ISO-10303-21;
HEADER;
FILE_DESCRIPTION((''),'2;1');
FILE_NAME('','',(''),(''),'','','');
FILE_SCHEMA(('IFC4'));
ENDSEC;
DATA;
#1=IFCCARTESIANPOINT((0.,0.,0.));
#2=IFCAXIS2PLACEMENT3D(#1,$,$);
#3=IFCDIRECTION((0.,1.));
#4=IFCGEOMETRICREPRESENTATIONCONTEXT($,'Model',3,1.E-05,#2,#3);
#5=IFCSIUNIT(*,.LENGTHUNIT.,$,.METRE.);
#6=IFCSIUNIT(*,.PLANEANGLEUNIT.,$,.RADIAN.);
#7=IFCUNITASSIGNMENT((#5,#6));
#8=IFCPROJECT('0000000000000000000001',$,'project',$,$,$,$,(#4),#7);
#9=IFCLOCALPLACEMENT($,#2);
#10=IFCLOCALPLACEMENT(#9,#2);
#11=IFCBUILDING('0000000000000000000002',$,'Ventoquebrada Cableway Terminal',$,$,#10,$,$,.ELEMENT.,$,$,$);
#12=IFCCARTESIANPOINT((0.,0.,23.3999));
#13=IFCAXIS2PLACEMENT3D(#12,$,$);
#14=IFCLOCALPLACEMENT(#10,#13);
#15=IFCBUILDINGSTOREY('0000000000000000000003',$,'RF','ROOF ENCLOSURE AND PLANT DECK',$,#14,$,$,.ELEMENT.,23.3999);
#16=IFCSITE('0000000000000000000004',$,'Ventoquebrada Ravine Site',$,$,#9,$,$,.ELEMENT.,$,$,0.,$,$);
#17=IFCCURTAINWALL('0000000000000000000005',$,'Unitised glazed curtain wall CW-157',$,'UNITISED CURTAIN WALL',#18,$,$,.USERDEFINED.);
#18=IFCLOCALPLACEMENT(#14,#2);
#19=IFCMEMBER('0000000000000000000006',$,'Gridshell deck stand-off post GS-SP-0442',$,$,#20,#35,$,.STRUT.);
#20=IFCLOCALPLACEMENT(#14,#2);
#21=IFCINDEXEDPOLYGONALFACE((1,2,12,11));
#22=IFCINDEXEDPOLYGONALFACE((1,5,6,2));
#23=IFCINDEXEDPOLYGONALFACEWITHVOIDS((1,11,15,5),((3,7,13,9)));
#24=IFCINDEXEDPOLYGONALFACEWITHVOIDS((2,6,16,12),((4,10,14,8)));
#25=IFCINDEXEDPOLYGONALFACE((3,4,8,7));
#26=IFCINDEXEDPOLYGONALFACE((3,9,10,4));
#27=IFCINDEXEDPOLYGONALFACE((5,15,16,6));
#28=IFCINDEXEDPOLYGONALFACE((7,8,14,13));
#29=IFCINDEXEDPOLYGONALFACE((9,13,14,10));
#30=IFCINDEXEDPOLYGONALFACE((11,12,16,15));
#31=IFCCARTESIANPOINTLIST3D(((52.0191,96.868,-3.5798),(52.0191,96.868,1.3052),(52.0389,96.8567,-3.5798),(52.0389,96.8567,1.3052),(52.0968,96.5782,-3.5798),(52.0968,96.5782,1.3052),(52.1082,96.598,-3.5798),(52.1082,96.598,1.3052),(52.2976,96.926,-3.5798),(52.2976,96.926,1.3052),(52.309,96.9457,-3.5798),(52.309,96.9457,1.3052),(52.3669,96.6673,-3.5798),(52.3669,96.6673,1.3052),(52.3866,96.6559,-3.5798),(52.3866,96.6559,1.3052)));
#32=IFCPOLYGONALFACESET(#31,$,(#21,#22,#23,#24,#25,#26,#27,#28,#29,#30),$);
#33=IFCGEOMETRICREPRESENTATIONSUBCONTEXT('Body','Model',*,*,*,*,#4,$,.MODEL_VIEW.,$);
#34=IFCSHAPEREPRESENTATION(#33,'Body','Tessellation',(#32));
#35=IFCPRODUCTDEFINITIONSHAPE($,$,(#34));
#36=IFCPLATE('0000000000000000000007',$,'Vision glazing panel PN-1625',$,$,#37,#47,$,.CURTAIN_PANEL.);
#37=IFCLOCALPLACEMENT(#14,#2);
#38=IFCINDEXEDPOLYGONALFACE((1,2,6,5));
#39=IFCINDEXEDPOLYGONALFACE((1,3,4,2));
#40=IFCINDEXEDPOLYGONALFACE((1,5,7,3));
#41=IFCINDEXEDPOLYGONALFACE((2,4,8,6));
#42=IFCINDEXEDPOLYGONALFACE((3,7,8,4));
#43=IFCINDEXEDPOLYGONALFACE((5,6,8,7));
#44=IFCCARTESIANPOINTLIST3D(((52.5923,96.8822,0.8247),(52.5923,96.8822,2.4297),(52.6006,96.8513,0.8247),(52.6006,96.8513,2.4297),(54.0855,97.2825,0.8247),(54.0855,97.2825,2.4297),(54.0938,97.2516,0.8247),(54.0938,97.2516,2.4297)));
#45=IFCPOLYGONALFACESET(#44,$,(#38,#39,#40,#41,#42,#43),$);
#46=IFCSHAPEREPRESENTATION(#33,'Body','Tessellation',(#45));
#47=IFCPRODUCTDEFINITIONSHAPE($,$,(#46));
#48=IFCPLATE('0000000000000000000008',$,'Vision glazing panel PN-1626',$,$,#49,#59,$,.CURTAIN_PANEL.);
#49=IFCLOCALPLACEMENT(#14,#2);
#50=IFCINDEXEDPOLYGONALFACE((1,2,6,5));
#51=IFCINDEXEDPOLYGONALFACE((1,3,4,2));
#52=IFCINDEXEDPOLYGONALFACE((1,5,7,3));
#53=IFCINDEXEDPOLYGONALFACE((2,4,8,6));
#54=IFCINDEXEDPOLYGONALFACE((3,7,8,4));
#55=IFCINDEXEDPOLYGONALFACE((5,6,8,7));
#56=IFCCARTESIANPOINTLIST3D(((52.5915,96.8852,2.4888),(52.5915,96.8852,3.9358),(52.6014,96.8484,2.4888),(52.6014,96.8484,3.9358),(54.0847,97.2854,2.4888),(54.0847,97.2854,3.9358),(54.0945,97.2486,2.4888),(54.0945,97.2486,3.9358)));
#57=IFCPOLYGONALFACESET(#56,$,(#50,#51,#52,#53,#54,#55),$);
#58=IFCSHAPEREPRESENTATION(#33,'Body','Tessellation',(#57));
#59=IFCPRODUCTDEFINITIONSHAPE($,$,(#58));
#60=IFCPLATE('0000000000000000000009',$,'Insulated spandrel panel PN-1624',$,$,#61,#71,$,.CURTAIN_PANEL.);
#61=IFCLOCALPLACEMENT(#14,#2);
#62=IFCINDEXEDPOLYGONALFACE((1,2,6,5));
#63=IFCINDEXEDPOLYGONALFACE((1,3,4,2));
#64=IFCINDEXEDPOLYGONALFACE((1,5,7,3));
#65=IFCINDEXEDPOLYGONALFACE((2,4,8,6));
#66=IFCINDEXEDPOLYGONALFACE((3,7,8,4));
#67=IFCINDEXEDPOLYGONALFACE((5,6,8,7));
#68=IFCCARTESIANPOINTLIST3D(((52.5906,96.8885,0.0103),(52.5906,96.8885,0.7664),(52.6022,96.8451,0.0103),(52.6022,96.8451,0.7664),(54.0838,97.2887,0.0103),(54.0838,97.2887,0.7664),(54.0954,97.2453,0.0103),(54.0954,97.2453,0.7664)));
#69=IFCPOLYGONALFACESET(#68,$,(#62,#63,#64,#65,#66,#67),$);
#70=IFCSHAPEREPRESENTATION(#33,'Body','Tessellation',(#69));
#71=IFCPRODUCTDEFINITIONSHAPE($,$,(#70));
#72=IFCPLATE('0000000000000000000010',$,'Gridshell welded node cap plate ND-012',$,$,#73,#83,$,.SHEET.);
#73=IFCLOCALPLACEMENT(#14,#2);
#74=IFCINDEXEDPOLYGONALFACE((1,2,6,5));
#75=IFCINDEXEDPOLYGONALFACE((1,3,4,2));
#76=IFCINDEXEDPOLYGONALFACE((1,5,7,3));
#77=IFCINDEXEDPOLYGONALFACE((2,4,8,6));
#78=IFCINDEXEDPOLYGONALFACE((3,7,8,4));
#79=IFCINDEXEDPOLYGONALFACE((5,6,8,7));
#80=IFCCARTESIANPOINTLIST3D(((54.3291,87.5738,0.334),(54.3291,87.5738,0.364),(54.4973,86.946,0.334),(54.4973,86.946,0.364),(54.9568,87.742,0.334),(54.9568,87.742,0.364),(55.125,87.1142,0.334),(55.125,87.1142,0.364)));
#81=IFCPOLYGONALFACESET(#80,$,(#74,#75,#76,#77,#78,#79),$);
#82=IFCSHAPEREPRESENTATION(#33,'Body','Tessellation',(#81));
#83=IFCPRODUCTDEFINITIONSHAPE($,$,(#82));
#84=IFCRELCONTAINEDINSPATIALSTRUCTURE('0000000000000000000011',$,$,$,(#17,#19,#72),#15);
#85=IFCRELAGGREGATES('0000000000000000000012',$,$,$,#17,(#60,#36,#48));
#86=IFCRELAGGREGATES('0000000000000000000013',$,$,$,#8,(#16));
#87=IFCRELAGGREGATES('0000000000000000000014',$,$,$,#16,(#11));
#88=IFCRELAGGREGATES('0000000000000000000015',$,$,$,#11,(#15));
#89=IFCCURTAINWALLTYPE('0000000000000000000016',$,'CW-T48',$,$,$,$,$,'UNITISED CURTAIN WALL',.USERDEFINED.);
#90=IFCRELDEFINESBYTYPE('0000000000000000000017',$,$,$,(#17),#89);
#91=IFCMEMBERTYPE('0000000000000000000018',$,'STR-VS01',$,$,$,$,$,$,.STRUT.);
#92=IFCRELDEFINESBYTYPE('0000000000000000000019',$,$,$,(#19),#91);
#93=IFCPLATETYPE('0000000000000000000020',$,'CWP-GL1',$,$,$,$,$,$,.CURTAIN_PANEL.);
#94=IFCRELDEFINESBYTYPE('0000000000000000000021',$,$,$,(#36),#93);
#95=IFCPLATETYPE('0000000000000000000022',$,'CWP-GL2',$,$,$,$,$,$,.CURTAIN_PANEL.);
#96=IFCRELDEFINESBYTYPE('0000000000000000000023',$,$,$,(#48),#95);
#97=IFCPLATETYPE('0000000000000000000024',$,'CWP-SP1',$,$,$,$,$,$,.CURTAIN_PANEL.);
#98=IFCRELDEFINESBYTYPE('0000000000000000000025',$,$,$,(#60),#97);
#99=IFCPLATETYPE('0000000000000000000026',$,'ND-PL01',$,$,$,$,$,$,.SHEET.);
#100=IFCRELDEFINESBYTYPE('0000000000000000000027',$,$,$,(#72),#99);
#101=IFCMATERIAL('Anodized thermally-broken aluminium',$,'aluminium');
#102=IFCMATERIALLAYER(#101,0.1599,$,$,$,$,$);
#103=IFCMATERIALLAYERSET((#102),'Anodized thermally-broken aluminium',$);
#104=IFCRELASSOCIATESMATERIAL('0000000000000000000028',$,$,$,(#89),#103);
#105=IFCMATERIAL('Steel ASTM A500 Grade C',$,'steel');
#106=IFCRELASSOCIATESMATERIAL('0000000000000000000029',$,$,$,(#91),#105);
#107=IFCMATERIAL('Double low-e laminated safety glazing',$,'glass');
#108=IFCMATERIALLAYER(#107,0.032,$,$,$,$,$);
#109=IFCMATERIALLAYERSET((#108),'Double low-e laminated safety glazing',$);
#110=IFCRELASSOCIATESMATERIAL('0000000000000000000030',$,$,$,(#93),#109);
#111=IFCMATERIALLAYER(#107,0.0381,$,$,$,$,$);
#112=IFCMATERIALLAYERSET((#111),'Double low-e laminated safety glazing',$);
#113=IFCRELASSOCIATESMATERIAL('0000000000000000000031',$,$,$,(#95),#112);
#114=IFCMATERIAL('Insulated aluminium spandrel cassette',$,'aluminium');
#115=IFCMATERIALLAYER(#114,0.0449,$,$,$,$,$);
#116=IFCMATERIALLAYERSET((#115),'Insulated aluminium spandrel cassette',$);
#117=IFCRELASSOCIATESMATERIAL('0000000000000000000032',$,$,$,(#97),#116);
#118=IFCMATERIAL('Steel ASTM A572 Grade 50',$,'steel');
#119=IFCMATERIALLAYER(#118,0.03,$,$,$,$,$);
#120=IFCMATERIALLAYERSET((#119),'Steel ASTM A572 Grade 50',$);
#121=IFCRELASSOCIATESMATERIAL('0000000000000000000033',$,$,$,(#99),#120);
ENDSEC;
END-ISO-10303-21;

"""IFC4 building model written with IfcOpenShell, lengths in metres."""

from ifc_helpers import new_model, si_unit, direction, frame, origin, origin_2d, place, context, subcontext, project, spatial, rectangle, hollow_rectangle, extrude, material, layer, layer_set, material_profile, profile_set, type_object, element, aggregate, save


model = new_model("IFC4")

# Units and contexts
model_context = context("Model", 3, precision=1e-05, world=origin(), true_north=direction((0.0, 1.0)))
body_context = subcontext(model_context, "Body", "Model", "MODEL_VIEW")
ifc_project = project(units=[si_unit("LENGTHUNIT", "METRE"), si_unit("PLANEANGLEUNIT", "RADIAN")], contexts=[model_context])

# Site, building, storey
site_placement = place(None, origin())
site = spatial("IfcSite", under=ifc_project, at=site_placement, Name="Ventoquebrada Ravine Site", CompositionType="ELEMENT", RefElevation=0.0)
building_placement = place(site_placement, origin())
building = spatial("IfcBuilding", under=site, at=building_placement, Name="Ventoquebrada Cableway Terminal", CompositionType="ELEMENT")
storey_placement = place(building_placement, frame((0.0, 0.0, 23.3999)))
storey = spatial("IfcBuildingStorey", under=building, at=storey_placement, Name="RF", Description="ROOF ENCLOSURE AND PLANT DECK", CompositionType="ELEMENT", Elevation=23.3999)

# Shared definitions
ifc_material_1 = material(Name="Steel ASTM A500 Grade C", Category="steel")

# Curtain wall
ifc_material_2 = material(Name="Anodized thermally-broken aluminium", Category="aluminium")
ifc_layer_1 = layer(ifc_material_2, 0.1599)
ifc_layer_set_1 = layer_set([ifc_layer_1], Name="Anodized thermally-broken aluminium")
curtain_wall_type = type_object("IfcCurtainWallType", Name="CW-T48", ElementType="UNITISED CURTAIN WALL", PredefinedType="USERDEFINED", material=ifc_layer_set_1)
curtain_wall_1_placement = place(storey_placement, origin())
curtain_wall_1 = element("IfcCurtainWall", 1, at=curtain_wall_1_placement, inside=storey, type_object=curtain_wall_type, Name="Unitised glazed curtain wall CW-157", ObjectType="UNITISED CURTAIN WALL", PredefinedType="USERDEFINED")

# Member
ifc_material_profile_1 = material_profile(ifc_material_1, hollow_rectangle(XDim=0.3, YDim=0.3, WallThickness=0.0161, at=origin_2d()), Name="HSS300X300X16")
ifc_profile_set_1 = profile_set([ifc_material_profile_1], Name="Steel ASTM A500 Grade C")
member_type_1 = type_object("IfcMemberType", Name="STR-VS01", PredefinedType="STRUT", material=ifc_profile_set_1)
member_1_placement = place(storey_placement, frame((52.2029, 96.762, -3.5798), z_axis=(0.0, 0.0, 1.0), x_axis=(0.965926, 0.258819, 0.0)))
element("IfcMember", 2, at=member_1_placement, inside=storey, type_object=member_type_1, Name="Gridshell deck stand-off post GS-SP-0442", PredefinedType="STRUT", context=body_context, shape_type="SweptSolid", body=[
    extrude(hollow_rectangle(XDim=0.3, YDim=0.3, WallThickness=0.0161, at=origin_2d()), origin(), (0.0, 0.0, 1.0), 4.885),
])

# Plates
ifc_material_3 = material(Name="Double low-e laminated safety glazing", Category="glass")
ifc_layer_2 = layer(ifc_material_3, 0.032)
ifc_layer_set_2 = layer_set([ifc_layer_2], Name="Double low-e laminated safety glazing")
plate_type_1 = type_object("IfcPlateType", Name="CWP-GL1", PredefinedType="CURTAIN_PANEL", material=ifc_layer_set_2)
plate_1_placement = place(storey_placement, frame((53.343, 97.0669, 0.8247), z_axis=(0.0, 0.0, 1.0), x_axis=(-0.965903, -0.258903, 0.0)))
plate_1 = element("IfcPlate", 3, at=plate_1_placement, type_object=plate_type_1, Name="Vision glazing panel PN-1625", PredefinedType="CURTAIN_PANEL", context=body_context, shape_type="SweptSolid", body=[
    extrude(rectangle(XDim=1.5459, YDim=0.032, at=origin_2d()), origin(), (0.0, 0.0, 1.0), 1.605),
])
ifc_layer_3 = layer(ifc_material_3, 0.0381)
ifc_layer_set_3 = layer_set([ifc_layer_3], Name="Double low-e laminated safety glazing")
plate_type_2 = type_object("IfcPlateType", Name="CWP-GL2", PredefinedType="CURTAIN_PANEL", material=ifc_layer_set_3)
plate_2_placement = place(storey_placement, frame((53.343, 97.0669, 2.4888), z_axis=(0.0, 0.0, 1.0), x_axis=(-0.965903, -0.258903, 0.0)))
plate_2 = element("IfcPlate", 4, at=plate_2_placement, type_object=plate_type_2, Name="Vision glazing panel PN-1626", PredefinedType="CURTAIN_PANEL", context=body_context, shape_type="SweptSolid", body=[
    extrude(rectangle(XDim=1.5459, YDim=0.0381, at=origin_2d()), origin(), (0.0, 0.0, 1.0), 1.447),
])
ifc_material_4 = material(Name="Insulated aluminium spandrel cassette", Category="aluminium")
ifc_layer_4 = layer(ifc_material_4, 0.0449)
ifc_layer_set_4 = layer_set([ifc_layer_4], Name="Insulated aluminium spandrel cassette")
plate_type_3 = type_object("IfcPlateType", Name="CWP-SP1", PredefinedType="CURTAIN_PANEL", material=ifc_layer_set_4)
plate_3_placement = place(storey_placement, frame((53.343, 97.0669, 0.0103), z_axis=(0.0, 0.0, 1.0), x_axis=(-0.965903, -0.258903, 0.0)))
plate_3 = element("IfcPlate", 5, at=plate_3_placement, type_object=plate_type_3, Name="Insulated spandrel panel PN-1624", PredefinedType="CURTAIN_PANEL", context=body_context, shape_type="SweptSolid", body=[
    extrude(rectangle(XDim=1.5459, YDim=0.0449, at=origin_2d()), origin(), (0.0, 0.0, 1.0), 0.7561),
])
aggregate(curtain_wall_1, [plate_3, plate_1, plate_2])
ifc_material_5 = material(Name="Steel ASTM A572 Grade 50", Category="steel")
ifc_layer_5 = layer(ifc_material_5, 0.03)
ifc_layer_set_5 = layer_set([ifc_layer_5], Name="Steel ASTM A572 Grade 50")
plate_type_4 = type_object("IfcPlateType", Name="ND-PL01", PredefinedType="SHEET", material=ifc_layer_set_5)
plate_4_placement = place(storey_placement, frame((54.7271, 87.344, 0.334), z_axis=(0.0, 0.0, 1.0), x_axis=(0.965926, 0.258819, 0.0)))
element("IfcPlate", 6, at=plate_4_placement, inside=storey, type_object=plate_type_4, Name="Gridshell welded node cap plate ND-012", PredefinedType="SHEET", context=body_context, shape_type="SweptSolid", body=[
    extrude(rectangle(XDim=0.6499, YDim=0.6499, at=origin_2d()), origin(), (0.0, 0.0, 1.0), 0.03),
])

save(model, "model.ifc")
